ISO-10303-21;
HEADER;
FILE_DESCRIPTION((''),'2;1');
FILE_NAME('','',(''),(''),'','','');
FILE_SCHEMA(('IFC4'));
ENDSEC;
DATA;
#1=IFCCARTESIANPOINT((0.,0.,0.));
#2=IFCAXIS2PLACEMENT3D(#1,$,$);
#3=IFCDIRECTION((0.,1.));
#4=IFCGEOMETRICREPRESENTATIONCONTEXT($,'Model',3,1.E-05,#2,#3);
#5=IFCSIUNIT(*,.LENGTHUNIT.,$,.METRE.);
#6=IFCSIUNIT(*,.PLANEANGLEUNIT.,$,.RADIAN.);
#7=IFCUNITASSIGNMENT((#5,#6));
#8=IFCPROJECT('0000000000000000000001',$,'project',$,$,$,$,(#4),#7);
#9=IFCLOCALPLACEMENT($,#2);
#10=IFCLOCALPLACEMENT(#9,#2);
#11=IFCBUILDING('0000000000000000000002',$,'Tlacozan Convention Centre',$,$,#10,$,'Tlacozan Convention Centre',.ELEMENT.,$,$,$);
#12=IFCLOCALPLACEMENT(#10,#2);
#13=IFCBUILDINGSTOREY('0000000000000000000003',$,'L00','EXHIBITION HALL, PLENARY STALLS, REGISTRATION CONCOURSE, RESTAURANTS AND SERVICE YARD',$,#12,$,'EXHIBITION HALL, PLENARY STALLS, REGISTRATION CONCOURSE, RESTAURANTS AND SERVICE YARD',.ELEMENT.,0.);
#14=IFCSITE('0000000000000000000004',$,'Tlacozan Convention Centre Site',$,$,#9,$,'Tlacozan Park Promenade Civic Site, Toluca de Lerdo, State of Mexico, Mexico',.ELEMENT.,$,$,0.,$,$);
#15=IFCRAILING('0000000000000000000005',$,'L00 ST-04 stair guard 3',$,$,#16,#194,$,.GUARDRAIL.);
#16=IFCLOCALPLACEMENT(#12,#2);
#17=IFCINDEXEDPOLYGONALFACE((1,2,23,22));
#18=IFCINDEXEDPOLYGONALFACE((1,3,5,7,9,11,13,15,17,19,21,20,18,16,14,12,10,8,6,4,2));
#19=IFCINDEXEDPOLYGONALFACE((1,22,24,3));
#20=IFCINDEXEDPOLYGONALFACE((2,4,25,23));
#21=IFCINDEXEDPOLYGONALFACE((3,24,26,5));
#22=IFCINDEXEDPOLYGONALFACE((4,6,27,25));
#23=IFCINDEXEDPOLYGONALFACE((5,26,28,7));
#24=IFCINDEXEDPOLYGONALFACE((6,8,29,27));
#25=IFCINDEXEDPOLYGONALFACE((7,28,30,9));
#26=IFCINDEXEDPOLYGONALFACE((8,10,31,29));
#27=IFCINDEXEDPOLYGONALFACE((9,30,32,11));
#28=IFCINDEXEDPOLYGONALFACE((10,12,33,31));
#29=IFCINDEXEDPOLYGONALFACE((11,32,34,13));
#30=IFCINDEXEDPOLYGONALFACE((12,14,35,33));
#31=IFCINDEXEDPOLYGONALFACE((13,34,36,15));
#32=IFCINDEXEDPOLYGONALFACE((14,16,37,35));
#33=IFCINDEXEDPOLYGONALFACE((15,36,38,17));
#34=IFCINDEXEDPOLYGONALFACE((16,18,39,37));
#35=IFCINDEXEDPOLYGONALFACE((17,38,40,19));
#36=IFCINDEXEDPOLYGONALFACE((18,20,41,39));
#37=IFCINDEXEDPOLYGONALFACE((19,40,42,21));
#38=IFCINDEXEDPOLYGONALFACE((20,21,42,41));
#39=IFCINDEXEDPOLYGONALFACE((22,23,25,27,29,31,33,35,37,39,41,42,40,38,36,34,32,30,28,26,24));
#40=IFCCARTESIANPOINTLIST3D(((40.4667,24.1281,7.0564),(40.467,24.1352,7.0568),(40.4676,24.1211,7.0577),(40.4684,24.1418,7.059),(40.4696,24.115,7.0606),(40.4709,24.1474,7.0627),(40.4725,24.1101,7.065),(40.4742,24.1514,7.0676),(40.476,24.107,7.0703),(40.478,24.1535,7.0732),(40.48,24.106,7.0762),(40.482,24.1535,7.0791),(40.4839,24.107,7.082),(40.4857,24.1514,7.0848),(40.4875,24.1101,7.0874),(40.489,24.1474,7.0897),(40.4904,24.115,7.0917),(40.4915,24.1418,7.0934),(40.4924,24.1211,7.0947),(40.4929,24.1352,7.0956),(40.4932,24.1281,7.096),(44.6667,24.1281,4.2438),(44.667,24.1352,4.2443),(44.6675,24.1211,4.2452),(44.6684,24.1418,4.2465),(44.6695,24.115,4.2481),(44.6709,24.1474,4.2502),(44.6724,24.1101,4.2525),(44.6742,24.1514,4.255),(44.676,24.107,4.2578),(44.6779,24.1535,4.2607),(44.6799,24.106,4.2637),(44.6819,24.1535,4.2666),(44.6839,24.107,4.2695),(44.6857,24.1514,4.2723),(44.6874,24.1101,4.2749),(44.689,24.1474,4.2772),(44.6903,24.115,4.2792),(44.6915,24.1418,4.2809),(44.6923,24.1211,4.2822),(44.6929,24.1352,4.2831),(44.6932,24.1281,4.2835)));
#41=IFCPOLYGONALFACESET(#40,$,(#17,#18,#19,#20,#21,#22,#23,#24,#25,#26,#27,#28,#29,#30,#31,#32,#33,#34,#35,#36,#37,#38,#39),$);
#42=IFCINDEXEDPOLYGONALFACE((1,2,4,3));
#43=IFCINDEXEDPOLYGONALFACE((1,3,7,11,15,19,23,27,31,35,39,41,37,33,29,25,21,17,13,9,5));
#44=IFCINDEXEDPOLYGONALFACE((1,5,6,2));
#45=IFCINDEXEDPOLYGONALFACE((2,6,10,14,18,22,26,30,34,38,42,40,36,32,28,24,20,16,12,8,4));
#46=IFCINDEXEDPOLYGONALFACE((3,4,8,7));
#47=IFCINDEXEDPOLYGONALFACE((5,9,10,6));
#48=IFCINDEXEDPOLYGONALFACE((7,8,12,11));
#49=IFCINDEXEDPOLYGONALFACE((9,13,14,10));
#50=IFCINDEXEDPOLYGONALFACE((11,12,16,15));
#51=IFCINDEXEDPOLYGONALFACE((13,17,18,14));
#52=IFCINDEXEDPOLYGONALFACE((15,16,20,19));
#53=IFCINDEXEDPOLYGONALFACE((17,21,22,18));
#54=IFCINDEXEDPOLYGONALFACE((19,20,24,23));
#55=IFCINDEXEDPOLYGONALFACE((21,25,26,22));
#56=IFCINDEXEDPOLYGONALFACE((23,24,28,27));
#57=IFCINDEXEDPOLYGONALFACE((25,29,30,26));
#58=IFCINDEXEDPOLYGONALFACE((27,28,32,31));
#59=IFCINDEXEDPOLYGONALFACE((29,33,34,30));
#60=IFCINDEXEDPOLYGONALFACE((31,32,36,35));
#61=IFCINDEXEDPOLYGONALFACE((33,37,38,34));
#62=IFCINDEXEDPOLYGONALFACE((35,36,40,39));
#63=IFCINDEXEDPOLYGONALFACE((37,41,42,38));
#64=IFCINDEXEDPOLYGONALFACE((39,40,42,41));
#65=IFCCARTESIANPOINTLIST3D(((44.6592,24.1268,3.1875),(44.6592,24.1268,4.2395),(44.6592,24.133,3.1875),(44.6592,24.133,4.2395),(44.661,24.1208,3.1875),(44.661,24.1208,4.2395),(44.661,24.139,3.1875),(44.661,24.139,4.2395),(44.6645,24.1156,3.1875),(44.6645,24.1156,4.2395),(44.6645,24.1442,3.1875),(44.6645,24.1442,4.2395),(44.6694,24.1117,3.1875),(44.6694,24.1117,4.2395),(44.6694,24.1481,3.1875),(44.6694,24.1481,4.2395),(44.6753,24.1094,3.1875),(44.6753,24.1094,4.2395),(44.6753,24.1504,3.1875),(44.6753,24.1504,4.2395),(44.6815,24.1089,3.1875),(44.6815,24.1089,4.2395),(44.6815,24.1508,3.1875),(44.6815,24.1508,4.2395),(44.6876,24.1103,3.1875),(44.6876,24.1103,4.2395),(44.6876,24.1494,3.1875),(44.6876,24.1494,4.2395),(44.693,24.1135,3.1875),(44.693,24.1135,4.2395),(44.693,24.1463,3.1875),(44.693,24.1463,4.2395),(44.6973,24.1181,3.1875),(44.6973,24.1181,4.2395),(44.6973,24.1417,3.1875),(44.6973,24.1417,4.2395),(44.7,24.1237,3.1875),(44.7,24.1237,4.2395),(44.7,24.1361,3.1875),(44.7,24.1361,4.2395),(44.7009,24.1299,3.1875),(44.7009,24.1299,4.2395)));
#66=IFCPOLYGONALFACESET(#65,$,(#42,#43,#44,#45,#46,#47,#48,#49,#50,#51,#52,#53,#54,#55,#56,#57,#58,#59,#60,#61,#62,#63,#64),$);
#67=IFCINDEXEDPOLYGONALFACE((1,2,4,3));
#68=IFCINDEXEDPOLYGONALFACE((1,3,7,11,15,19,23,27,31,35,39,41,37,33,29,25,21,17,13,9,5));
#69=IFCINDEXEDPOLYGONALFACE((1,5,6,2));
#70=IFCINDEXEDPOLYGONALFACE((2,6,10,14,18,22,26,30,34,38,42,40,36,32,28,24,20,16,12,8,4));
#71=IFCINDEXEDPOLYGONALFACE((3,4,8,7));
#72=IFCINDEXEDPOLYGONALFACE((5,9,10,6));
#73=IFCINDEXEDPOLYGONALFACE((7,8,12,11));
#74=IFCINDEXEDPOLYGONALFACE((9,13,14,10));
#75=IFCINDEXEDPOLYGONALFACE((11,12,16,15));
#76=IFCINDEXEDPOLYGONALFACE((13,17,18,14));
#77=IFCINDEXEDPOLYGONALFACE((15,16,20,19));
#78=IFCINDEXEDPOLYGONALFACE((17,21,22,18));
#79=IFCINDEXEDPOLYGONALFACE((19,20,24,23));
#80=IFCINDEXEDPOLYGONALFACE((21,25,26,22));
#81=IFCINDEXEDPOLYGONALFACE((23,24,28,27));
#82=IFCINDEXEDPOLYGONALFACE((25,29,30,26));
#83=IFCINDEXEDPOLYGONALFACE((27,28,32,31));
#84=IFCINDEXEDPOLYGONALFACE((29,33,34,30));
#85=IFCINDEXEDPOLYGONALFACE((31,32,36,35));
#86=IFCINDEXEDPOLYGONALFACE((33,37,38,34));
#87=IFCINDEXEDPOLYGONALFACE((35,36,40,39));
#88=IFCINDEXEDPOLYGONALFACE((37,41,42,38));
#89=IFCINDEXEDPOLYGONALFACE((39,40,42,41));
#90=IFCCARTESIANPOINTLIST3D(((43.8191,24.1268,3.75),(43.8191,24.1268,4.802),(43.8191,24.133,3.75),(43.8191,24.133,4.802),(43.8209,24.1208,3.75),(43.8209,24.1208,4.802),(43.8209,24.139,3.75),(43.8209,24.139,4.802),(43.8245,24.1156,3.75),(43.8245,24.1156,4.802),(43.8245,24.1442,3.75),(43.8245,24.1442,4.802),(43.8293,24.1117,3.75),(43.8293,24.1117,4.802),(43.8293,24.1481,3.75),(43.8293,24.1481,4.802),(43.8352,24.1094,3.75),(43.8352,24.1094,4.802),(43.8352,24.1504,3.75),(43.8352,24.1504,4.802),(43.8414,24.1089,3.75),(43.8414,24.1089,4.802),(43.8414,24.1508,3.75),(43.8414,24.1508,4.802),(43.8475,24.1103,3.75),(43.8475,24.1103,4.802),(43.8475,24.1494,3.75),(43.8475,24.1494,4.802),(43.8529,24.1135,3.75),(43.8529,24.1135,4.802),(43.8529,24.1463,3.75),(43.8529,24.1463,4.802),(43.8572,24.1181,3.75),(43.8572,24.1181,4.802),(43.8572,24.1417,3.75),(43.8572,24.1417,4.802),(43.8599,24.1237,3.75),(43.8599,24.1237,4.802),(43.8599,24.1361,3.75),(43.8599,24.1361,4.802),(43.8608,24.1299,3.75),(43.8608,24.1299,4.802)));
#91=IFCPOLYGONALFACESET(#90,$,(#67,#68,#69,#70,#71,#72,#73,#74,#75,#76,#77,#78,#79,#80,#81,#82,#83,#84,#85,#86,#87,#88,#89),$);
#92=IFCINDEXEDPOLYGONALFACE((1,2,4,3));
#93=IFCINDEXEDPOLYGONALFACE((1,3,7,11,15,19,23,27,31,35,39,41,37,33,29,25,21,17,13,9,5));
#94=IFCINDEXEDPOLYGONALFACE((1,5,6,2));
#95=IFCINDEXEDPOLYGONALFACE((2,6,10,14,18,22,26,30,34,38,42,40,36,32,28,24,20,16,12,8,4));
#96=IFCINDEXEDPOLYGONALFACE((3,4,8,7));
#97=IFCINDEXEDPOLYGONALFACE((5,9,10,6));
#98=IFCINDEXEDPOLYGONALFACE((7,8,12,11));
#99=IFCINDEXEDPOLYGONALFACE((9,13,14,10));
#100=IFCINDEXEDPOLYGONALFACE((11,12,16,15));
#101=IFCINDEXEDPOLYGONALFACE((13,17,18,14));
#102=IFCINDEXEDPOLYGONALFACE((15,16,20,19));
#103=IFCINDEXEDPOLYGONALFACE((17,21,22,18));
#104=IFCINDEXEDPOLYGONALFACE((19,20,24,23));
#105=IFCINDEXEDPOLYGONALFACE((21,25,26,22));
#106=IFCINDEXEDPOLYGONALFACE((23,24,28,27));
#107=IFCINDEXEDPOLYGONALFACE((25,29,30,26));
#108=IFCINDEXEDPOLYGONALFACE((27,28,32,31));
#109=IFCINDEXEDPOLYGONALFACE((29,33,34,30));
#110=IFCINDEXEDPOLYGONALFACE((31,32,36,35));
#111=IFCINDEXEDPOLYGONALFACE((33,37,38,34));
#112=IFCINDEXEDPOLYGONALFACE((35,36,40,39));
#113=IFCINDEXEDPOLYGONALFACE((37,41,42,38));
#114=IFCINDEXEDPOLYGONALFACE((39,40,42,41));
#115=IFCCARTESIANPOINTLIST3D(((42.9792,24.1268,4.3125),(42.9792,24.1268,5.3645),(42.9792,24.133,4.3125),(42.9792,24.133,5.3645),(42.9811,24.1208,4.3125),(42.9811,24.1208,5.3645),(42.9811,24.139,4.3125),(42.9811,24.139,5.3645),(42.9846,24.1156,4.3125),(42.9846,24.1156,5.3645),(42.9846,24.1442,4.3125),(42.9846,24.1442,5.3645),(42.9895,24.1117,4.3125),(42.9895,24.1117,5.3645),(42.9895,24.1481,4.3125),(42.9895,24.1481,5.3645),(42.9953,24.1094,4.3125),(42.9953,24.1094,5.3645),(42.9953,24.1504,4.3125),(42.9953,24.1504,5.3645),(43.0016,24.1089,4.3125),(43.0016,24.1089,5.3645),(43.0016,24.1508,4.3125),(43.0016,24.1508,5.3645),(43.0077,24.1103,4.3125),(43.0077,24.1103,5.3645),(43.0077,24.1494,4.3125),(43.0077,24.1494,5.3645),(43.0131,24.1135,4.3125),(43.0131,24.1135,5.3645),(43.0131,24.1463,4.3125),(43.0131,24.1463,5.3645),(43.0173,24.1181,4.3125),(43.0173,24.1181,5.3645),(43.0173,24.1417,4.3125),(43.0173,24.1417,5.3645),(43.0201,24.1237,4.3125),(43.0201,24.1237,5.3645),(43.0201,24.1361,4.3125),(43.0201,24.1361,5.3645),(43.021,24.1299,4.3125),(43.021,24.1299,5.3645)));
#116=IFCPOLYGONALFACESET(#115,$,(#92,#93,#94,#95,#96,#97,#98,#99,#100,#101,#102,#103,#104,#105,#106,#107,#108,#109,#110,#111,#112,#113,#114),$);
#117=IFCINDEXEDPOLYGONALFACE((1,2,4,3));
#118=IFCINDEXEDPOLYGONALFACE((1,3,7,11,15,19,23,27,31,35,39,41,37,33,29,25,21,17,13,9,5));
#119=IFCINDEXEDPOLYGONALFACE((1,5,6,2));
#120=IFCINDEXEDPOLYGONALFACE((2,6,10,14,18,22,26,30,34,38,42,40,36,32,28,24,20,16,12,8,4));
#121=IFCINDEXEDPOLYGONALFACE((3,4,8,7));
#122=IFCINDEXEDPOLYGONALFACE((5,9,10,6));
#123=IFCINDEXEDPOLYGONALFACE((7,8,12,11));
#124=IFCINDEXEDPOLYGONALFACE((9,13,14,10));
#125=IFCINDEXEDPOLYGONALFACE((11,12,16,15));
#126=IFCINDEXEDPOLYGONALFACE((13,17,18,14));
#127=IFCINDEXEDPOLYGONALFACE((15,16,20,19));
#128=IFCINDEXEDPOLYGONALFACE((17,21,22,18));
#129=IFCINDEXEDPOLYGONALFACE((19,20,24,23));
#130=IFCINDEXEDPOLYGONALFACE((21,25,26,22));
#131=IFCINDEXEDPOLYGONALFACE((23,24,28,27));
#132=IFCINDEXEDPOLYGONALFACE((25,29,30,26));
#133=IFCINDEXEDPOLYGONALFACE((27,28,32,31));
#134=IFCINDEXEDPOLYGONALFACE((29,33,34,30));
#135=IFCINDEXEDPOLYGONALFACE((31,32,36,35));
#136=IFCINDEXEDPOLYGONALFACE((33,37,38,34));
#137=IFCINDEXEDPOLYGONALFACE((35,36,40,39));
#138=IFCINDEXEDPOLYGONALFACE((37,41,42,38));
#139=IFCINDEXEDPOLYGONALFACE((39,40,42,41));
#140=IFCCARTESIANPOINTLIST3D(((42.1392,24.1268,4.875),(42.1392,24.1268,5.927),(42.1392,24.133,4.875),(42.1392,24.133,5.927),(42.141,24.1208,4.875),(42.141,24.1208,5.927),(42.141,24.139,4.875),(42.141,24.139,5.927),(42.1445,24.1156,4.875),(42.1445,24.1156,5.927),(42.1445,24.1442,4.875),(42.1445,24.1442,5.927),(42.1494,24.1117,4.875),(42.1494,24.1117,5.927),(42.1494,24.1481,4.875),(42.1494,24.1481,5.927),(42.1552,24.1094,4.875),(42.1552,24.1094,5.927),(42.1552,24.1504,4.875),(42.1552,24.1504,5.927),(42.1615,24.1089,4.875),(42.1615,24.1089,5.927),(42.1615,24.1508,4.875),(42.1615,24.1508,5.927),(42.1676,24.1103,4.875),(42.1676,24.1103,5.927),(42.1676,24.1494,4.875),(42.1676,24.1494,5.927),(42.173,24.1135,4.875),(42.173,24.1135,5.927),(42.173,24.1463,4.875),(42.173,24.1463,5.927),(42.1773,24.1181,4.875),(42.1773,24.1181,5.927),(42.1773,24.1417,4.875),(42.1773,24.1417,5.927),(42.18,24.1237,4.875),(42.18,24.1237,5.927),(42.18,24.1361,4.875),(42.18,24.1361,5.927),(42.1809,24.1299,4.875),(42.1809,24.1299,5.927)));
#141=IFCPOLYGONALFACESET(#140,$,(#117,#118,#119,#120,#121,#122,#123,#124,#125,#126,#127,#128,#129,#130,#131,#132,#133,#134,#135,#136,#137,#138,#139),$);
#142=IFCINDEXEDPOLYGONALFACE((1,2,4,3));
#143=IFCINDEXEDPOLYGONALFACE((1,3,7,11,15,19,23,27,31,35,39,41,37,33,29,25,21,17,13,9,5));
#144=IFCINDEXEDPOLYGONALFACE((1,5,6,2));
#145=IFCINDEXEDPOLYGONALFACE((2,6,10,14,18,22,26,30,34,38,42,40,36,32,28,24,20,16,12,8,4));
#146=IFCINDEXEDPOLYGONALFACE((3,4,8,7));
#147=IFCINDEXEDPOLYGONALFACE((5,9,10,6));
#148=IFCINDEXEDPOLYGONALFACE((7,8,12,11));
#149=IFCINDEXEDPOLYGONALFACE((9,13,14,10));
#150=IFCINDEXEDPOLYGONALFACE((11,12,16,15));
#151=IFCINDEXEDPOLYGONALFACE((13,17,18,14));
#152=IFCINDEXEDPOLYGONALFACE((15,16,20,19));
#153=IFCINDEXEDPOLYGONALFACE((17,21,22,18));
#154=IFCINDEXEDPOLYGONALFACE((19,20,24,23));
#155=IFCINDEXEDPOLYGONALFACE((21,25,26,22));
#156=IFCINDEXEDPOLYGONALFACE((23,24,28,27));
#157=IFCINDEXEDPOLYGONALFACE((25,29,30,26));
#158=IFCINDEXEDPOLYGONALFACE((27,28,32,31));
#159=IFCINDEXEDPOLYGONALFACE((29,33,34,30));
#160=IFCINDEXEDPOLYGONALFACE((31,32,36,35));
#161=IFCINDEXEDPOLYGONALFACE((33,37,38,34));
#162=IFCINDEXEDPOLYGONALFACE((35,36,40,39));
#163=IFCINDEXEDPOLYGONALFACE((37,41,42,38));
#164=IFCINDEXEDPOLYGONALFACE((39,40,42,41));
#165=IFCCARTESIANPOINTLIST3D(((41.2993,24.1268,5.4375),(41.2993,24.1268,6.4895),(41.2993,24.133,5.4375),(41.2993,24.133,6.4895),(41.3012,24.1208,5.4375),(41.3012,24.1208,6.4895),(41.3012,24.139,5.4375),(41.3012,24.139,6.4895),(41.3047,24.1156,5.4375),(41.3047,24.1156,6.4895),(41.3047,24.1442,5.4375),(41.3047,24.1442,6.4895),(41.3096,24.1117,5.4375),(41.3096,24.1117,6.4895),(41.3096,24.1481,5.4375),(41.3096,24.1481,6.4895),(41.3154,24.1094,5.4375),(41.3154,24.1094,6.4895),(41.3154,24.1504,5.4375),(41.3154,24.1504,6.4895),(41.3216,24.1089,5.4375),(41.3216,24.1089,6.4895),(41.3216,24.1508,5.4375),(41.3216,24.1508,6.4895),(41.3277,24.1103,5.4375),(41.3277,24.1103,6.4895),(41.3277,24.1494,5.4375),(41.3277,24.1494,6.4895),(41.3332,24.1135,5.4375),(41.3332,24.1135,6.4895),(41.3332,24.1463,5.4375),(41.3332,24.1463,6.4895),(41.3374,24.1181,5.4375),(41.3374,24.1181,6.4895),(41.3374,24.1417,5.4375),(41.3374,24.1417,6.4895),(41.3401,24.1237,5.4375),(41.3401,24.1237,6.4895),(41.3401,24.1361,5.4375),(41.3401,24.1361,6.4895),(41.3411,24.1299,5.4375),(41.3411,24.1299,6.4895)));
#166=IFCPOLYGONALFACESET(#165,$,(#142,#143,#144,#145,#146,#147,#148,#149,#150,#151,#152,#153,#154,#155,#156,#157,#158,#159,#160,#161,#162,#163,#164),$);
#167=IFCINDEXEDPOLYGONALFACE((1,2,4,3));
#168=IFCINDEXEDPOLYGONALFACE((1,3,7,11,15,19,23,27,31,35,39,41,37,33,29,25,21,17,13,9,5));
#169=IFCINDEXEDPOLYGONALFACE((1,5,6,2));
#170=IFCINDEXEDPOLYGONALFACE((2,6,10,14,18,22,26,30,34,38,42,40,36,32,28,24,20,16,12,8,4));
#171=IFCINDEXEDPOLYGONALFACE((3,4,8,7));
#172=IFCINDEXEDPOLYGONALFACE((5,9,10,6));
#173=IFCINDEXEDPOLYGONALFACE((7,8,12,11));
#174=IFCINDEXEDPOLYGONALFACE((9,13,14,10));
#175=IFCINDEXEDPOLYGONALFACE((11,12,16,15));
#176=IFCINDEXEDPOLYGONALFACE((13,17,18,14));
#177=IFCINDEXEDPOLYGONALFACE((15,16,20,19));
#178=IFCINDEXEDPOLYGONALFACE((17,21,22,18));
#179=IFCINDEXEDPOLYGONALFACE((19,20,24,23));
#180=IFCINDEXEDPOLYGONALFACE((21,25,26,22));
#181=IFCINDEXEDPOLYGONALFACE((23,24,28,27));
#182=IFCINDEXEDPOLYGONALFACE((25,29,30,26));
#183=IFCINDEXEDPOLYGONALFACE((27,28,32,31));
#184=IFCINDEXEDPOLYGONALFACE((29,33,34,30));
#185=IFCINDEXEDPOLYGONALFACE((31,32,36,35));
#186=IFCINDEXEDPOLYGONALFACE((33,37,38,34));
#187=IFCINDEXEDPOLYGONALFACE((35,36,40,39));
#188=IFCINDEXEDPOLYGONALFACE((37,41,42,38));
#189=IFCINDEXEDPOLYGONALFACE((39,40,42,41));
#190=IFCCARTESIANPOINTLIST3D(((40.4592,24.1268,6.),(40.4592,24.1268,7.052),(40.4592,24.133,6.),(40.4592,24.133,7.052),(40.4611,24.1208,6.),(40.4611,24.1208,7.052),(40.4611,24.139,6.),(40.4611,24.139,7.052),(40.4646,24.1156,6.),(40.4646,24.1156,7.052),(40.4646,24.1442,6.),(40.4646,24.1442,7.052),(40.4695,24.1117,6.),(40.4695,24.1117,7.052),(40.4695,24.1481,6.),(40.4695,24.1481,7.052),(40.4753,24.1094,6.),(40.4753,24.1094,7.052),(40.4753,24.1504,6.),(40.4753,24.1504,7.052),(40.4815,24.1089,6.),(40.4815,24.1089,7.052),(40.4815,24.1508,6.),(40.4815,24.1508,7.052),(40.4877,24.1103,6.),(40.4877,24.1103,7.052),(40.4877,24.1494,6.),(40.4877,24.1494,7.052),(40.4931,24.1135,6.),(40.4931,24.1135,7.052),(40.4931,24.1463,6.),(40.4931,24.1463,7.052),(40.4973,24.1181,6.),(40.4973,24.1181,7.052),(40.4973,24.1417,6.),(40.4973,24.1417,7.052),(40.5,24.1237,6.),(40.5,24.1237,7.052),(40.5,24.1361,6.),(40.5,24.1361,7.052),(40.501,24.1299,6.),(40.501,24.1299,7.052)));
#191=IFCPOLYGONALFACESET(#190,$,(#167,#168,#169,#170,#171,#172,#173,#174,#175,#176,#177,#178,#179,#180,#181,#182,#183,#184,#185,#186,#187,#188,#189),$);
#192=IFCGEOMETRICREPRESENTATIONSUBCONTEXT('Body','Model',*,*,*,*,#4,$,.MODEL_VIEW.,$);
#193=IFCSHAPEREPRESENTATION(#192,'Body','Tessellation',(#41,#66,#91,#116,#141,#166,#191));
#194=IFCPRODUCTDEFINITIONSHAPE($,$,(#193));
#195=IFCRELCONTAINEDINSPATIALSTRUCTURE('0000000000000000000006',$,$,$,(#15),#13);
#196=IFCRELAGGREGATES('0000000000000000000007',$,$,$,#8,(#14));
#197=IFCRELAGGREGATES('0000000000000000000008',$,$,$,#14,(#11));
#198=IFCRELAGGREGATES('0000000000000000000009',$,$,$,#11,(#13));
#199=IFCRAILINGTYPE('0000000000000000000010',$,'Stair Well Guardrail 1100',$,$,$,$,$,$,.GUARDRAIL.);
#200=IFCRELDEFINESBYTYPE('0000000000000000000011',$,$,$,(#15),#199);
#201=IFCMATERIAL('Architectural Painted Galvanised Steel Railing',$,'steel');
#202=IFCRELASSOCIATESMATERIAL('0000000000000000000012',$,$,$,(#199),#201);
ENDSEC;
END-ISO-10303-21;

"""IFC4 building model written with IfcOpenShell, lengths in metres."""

from ifc_helpers import new_model, si_unit, direction, frame, origin, origin_2d, place, context, subcontext, project, spatial, circle, extrude, material, type_object, element, save


model = new_model("IFC4")

# Units and contexts
model_context = context("Model", 3, precision=1e-05, world=origin(), true_north=direction((0.0, 1.0)))
body_context = subcontext(model_context, "Body", "Model", "MODEL_VIEW")
ifc_project = project(units=[si_unit("LENGTHUNIT", "METRE"), si_unit("PLANEANGLEUNIT", "RADIAN")], contexts=[model_context])

# Site, building, storey
site_placement = place(None, origin())
site = spatial("IfcSite", under=ifc_project, at=site_placement, Name="Tlacozan Convention Centre Site", LongName="Tlacozan Park Promenade Civic Site, Toluca de Lerdo, State of Mexico, Mexico", CompositionType="ELEMENT", RefElevation=0.0)
building_placement = place(site_placement, origin())
building = spatial("IfcBuilding", under=site, at=building_placement, Name="Tlacozan Convention Centre", LongName="Tlacozan Convention Centre", CompositionType="ELEMENT")
storey_placement = place(building_placement, origin())
storey = spatial("IfcBuildingStorey", under=building, at=storey_placement, Name="L00", Description="EXHIBITION HALL, PLENARY STALLS, REGISTRATION CONCOURSE, RESTAURANTS AND SERVICE YARD", LongName="EXHIBITION HALL, PLENARY STALLS, REGISTRATION CONCOURSE, RESTAURANTS AND SERVICE YARD", CompositionType="ELEMENT", Elevation=0.0)

# Railing
ifc_material_1 = material(Name="Architectural Painted Galvanised Steel Railing", Category="steel")
railing_type = type_object("IfcRailingType", Name="Stair Well Guardrail 1100", PredefinedType="GUARDRAIL", material=ifc_material_1)
railing_1_placement = place(storey_placement, frame((44.6799, 24.1299, 3.1875)))
element("IfcRailing", 1, at=railing_1_placement, inside=storey, type_object=railing_type, Name="L00 ST-04 stair guard 3", PredefinedType="GUARDRAIL", context=body_context, shape_type="SweptSolid", body=[
    extrude(circle(Radius=0.0239, at=origin_2d()), frame((0.0, 0.0, 1.0762), z_axis=(-0.830904, 0.0, 0.556416), x_axis=(0.0, -1.0, 0.0)), (0.0, 0.0, 1.0), 5.0547),
    extrude(circle(Radius=0.021, at=origin_2d()), origin(), (0.0, 0.0, 1.0), 1.052),
    extrude(circle(Radius=0.021, at=origin_2d()), frame((-0.8401, 0.0, 0.5625)), (0.0, 0.0, 1.0), 1.052),
    extrude(circle(Radius=0.021, at=origin_2d()), frame((-1.6799, 0.0, 1.125)), (0.0, 0.0, 1.0), 1.052),
    extrude(circle(Radius=0.021, at=origin_2d()), frame((-2.52, 0.0, 1.6875)), (0.0, 0.0, 1.0), 1.052),
    extrude(circle(Radius=0.021, at=origin_2d()), frame((-3.3599, 0.0, 2.25)), (0.0, 0.0, 1.0), 1.052),
    extrude(circle(Radius=0.021, at=origin_2d()), frame((-4.2, 0.0, 2.8125)), (0.0, 0.0, 1.0), 1.052),
])

save(model, "model.ifc")
